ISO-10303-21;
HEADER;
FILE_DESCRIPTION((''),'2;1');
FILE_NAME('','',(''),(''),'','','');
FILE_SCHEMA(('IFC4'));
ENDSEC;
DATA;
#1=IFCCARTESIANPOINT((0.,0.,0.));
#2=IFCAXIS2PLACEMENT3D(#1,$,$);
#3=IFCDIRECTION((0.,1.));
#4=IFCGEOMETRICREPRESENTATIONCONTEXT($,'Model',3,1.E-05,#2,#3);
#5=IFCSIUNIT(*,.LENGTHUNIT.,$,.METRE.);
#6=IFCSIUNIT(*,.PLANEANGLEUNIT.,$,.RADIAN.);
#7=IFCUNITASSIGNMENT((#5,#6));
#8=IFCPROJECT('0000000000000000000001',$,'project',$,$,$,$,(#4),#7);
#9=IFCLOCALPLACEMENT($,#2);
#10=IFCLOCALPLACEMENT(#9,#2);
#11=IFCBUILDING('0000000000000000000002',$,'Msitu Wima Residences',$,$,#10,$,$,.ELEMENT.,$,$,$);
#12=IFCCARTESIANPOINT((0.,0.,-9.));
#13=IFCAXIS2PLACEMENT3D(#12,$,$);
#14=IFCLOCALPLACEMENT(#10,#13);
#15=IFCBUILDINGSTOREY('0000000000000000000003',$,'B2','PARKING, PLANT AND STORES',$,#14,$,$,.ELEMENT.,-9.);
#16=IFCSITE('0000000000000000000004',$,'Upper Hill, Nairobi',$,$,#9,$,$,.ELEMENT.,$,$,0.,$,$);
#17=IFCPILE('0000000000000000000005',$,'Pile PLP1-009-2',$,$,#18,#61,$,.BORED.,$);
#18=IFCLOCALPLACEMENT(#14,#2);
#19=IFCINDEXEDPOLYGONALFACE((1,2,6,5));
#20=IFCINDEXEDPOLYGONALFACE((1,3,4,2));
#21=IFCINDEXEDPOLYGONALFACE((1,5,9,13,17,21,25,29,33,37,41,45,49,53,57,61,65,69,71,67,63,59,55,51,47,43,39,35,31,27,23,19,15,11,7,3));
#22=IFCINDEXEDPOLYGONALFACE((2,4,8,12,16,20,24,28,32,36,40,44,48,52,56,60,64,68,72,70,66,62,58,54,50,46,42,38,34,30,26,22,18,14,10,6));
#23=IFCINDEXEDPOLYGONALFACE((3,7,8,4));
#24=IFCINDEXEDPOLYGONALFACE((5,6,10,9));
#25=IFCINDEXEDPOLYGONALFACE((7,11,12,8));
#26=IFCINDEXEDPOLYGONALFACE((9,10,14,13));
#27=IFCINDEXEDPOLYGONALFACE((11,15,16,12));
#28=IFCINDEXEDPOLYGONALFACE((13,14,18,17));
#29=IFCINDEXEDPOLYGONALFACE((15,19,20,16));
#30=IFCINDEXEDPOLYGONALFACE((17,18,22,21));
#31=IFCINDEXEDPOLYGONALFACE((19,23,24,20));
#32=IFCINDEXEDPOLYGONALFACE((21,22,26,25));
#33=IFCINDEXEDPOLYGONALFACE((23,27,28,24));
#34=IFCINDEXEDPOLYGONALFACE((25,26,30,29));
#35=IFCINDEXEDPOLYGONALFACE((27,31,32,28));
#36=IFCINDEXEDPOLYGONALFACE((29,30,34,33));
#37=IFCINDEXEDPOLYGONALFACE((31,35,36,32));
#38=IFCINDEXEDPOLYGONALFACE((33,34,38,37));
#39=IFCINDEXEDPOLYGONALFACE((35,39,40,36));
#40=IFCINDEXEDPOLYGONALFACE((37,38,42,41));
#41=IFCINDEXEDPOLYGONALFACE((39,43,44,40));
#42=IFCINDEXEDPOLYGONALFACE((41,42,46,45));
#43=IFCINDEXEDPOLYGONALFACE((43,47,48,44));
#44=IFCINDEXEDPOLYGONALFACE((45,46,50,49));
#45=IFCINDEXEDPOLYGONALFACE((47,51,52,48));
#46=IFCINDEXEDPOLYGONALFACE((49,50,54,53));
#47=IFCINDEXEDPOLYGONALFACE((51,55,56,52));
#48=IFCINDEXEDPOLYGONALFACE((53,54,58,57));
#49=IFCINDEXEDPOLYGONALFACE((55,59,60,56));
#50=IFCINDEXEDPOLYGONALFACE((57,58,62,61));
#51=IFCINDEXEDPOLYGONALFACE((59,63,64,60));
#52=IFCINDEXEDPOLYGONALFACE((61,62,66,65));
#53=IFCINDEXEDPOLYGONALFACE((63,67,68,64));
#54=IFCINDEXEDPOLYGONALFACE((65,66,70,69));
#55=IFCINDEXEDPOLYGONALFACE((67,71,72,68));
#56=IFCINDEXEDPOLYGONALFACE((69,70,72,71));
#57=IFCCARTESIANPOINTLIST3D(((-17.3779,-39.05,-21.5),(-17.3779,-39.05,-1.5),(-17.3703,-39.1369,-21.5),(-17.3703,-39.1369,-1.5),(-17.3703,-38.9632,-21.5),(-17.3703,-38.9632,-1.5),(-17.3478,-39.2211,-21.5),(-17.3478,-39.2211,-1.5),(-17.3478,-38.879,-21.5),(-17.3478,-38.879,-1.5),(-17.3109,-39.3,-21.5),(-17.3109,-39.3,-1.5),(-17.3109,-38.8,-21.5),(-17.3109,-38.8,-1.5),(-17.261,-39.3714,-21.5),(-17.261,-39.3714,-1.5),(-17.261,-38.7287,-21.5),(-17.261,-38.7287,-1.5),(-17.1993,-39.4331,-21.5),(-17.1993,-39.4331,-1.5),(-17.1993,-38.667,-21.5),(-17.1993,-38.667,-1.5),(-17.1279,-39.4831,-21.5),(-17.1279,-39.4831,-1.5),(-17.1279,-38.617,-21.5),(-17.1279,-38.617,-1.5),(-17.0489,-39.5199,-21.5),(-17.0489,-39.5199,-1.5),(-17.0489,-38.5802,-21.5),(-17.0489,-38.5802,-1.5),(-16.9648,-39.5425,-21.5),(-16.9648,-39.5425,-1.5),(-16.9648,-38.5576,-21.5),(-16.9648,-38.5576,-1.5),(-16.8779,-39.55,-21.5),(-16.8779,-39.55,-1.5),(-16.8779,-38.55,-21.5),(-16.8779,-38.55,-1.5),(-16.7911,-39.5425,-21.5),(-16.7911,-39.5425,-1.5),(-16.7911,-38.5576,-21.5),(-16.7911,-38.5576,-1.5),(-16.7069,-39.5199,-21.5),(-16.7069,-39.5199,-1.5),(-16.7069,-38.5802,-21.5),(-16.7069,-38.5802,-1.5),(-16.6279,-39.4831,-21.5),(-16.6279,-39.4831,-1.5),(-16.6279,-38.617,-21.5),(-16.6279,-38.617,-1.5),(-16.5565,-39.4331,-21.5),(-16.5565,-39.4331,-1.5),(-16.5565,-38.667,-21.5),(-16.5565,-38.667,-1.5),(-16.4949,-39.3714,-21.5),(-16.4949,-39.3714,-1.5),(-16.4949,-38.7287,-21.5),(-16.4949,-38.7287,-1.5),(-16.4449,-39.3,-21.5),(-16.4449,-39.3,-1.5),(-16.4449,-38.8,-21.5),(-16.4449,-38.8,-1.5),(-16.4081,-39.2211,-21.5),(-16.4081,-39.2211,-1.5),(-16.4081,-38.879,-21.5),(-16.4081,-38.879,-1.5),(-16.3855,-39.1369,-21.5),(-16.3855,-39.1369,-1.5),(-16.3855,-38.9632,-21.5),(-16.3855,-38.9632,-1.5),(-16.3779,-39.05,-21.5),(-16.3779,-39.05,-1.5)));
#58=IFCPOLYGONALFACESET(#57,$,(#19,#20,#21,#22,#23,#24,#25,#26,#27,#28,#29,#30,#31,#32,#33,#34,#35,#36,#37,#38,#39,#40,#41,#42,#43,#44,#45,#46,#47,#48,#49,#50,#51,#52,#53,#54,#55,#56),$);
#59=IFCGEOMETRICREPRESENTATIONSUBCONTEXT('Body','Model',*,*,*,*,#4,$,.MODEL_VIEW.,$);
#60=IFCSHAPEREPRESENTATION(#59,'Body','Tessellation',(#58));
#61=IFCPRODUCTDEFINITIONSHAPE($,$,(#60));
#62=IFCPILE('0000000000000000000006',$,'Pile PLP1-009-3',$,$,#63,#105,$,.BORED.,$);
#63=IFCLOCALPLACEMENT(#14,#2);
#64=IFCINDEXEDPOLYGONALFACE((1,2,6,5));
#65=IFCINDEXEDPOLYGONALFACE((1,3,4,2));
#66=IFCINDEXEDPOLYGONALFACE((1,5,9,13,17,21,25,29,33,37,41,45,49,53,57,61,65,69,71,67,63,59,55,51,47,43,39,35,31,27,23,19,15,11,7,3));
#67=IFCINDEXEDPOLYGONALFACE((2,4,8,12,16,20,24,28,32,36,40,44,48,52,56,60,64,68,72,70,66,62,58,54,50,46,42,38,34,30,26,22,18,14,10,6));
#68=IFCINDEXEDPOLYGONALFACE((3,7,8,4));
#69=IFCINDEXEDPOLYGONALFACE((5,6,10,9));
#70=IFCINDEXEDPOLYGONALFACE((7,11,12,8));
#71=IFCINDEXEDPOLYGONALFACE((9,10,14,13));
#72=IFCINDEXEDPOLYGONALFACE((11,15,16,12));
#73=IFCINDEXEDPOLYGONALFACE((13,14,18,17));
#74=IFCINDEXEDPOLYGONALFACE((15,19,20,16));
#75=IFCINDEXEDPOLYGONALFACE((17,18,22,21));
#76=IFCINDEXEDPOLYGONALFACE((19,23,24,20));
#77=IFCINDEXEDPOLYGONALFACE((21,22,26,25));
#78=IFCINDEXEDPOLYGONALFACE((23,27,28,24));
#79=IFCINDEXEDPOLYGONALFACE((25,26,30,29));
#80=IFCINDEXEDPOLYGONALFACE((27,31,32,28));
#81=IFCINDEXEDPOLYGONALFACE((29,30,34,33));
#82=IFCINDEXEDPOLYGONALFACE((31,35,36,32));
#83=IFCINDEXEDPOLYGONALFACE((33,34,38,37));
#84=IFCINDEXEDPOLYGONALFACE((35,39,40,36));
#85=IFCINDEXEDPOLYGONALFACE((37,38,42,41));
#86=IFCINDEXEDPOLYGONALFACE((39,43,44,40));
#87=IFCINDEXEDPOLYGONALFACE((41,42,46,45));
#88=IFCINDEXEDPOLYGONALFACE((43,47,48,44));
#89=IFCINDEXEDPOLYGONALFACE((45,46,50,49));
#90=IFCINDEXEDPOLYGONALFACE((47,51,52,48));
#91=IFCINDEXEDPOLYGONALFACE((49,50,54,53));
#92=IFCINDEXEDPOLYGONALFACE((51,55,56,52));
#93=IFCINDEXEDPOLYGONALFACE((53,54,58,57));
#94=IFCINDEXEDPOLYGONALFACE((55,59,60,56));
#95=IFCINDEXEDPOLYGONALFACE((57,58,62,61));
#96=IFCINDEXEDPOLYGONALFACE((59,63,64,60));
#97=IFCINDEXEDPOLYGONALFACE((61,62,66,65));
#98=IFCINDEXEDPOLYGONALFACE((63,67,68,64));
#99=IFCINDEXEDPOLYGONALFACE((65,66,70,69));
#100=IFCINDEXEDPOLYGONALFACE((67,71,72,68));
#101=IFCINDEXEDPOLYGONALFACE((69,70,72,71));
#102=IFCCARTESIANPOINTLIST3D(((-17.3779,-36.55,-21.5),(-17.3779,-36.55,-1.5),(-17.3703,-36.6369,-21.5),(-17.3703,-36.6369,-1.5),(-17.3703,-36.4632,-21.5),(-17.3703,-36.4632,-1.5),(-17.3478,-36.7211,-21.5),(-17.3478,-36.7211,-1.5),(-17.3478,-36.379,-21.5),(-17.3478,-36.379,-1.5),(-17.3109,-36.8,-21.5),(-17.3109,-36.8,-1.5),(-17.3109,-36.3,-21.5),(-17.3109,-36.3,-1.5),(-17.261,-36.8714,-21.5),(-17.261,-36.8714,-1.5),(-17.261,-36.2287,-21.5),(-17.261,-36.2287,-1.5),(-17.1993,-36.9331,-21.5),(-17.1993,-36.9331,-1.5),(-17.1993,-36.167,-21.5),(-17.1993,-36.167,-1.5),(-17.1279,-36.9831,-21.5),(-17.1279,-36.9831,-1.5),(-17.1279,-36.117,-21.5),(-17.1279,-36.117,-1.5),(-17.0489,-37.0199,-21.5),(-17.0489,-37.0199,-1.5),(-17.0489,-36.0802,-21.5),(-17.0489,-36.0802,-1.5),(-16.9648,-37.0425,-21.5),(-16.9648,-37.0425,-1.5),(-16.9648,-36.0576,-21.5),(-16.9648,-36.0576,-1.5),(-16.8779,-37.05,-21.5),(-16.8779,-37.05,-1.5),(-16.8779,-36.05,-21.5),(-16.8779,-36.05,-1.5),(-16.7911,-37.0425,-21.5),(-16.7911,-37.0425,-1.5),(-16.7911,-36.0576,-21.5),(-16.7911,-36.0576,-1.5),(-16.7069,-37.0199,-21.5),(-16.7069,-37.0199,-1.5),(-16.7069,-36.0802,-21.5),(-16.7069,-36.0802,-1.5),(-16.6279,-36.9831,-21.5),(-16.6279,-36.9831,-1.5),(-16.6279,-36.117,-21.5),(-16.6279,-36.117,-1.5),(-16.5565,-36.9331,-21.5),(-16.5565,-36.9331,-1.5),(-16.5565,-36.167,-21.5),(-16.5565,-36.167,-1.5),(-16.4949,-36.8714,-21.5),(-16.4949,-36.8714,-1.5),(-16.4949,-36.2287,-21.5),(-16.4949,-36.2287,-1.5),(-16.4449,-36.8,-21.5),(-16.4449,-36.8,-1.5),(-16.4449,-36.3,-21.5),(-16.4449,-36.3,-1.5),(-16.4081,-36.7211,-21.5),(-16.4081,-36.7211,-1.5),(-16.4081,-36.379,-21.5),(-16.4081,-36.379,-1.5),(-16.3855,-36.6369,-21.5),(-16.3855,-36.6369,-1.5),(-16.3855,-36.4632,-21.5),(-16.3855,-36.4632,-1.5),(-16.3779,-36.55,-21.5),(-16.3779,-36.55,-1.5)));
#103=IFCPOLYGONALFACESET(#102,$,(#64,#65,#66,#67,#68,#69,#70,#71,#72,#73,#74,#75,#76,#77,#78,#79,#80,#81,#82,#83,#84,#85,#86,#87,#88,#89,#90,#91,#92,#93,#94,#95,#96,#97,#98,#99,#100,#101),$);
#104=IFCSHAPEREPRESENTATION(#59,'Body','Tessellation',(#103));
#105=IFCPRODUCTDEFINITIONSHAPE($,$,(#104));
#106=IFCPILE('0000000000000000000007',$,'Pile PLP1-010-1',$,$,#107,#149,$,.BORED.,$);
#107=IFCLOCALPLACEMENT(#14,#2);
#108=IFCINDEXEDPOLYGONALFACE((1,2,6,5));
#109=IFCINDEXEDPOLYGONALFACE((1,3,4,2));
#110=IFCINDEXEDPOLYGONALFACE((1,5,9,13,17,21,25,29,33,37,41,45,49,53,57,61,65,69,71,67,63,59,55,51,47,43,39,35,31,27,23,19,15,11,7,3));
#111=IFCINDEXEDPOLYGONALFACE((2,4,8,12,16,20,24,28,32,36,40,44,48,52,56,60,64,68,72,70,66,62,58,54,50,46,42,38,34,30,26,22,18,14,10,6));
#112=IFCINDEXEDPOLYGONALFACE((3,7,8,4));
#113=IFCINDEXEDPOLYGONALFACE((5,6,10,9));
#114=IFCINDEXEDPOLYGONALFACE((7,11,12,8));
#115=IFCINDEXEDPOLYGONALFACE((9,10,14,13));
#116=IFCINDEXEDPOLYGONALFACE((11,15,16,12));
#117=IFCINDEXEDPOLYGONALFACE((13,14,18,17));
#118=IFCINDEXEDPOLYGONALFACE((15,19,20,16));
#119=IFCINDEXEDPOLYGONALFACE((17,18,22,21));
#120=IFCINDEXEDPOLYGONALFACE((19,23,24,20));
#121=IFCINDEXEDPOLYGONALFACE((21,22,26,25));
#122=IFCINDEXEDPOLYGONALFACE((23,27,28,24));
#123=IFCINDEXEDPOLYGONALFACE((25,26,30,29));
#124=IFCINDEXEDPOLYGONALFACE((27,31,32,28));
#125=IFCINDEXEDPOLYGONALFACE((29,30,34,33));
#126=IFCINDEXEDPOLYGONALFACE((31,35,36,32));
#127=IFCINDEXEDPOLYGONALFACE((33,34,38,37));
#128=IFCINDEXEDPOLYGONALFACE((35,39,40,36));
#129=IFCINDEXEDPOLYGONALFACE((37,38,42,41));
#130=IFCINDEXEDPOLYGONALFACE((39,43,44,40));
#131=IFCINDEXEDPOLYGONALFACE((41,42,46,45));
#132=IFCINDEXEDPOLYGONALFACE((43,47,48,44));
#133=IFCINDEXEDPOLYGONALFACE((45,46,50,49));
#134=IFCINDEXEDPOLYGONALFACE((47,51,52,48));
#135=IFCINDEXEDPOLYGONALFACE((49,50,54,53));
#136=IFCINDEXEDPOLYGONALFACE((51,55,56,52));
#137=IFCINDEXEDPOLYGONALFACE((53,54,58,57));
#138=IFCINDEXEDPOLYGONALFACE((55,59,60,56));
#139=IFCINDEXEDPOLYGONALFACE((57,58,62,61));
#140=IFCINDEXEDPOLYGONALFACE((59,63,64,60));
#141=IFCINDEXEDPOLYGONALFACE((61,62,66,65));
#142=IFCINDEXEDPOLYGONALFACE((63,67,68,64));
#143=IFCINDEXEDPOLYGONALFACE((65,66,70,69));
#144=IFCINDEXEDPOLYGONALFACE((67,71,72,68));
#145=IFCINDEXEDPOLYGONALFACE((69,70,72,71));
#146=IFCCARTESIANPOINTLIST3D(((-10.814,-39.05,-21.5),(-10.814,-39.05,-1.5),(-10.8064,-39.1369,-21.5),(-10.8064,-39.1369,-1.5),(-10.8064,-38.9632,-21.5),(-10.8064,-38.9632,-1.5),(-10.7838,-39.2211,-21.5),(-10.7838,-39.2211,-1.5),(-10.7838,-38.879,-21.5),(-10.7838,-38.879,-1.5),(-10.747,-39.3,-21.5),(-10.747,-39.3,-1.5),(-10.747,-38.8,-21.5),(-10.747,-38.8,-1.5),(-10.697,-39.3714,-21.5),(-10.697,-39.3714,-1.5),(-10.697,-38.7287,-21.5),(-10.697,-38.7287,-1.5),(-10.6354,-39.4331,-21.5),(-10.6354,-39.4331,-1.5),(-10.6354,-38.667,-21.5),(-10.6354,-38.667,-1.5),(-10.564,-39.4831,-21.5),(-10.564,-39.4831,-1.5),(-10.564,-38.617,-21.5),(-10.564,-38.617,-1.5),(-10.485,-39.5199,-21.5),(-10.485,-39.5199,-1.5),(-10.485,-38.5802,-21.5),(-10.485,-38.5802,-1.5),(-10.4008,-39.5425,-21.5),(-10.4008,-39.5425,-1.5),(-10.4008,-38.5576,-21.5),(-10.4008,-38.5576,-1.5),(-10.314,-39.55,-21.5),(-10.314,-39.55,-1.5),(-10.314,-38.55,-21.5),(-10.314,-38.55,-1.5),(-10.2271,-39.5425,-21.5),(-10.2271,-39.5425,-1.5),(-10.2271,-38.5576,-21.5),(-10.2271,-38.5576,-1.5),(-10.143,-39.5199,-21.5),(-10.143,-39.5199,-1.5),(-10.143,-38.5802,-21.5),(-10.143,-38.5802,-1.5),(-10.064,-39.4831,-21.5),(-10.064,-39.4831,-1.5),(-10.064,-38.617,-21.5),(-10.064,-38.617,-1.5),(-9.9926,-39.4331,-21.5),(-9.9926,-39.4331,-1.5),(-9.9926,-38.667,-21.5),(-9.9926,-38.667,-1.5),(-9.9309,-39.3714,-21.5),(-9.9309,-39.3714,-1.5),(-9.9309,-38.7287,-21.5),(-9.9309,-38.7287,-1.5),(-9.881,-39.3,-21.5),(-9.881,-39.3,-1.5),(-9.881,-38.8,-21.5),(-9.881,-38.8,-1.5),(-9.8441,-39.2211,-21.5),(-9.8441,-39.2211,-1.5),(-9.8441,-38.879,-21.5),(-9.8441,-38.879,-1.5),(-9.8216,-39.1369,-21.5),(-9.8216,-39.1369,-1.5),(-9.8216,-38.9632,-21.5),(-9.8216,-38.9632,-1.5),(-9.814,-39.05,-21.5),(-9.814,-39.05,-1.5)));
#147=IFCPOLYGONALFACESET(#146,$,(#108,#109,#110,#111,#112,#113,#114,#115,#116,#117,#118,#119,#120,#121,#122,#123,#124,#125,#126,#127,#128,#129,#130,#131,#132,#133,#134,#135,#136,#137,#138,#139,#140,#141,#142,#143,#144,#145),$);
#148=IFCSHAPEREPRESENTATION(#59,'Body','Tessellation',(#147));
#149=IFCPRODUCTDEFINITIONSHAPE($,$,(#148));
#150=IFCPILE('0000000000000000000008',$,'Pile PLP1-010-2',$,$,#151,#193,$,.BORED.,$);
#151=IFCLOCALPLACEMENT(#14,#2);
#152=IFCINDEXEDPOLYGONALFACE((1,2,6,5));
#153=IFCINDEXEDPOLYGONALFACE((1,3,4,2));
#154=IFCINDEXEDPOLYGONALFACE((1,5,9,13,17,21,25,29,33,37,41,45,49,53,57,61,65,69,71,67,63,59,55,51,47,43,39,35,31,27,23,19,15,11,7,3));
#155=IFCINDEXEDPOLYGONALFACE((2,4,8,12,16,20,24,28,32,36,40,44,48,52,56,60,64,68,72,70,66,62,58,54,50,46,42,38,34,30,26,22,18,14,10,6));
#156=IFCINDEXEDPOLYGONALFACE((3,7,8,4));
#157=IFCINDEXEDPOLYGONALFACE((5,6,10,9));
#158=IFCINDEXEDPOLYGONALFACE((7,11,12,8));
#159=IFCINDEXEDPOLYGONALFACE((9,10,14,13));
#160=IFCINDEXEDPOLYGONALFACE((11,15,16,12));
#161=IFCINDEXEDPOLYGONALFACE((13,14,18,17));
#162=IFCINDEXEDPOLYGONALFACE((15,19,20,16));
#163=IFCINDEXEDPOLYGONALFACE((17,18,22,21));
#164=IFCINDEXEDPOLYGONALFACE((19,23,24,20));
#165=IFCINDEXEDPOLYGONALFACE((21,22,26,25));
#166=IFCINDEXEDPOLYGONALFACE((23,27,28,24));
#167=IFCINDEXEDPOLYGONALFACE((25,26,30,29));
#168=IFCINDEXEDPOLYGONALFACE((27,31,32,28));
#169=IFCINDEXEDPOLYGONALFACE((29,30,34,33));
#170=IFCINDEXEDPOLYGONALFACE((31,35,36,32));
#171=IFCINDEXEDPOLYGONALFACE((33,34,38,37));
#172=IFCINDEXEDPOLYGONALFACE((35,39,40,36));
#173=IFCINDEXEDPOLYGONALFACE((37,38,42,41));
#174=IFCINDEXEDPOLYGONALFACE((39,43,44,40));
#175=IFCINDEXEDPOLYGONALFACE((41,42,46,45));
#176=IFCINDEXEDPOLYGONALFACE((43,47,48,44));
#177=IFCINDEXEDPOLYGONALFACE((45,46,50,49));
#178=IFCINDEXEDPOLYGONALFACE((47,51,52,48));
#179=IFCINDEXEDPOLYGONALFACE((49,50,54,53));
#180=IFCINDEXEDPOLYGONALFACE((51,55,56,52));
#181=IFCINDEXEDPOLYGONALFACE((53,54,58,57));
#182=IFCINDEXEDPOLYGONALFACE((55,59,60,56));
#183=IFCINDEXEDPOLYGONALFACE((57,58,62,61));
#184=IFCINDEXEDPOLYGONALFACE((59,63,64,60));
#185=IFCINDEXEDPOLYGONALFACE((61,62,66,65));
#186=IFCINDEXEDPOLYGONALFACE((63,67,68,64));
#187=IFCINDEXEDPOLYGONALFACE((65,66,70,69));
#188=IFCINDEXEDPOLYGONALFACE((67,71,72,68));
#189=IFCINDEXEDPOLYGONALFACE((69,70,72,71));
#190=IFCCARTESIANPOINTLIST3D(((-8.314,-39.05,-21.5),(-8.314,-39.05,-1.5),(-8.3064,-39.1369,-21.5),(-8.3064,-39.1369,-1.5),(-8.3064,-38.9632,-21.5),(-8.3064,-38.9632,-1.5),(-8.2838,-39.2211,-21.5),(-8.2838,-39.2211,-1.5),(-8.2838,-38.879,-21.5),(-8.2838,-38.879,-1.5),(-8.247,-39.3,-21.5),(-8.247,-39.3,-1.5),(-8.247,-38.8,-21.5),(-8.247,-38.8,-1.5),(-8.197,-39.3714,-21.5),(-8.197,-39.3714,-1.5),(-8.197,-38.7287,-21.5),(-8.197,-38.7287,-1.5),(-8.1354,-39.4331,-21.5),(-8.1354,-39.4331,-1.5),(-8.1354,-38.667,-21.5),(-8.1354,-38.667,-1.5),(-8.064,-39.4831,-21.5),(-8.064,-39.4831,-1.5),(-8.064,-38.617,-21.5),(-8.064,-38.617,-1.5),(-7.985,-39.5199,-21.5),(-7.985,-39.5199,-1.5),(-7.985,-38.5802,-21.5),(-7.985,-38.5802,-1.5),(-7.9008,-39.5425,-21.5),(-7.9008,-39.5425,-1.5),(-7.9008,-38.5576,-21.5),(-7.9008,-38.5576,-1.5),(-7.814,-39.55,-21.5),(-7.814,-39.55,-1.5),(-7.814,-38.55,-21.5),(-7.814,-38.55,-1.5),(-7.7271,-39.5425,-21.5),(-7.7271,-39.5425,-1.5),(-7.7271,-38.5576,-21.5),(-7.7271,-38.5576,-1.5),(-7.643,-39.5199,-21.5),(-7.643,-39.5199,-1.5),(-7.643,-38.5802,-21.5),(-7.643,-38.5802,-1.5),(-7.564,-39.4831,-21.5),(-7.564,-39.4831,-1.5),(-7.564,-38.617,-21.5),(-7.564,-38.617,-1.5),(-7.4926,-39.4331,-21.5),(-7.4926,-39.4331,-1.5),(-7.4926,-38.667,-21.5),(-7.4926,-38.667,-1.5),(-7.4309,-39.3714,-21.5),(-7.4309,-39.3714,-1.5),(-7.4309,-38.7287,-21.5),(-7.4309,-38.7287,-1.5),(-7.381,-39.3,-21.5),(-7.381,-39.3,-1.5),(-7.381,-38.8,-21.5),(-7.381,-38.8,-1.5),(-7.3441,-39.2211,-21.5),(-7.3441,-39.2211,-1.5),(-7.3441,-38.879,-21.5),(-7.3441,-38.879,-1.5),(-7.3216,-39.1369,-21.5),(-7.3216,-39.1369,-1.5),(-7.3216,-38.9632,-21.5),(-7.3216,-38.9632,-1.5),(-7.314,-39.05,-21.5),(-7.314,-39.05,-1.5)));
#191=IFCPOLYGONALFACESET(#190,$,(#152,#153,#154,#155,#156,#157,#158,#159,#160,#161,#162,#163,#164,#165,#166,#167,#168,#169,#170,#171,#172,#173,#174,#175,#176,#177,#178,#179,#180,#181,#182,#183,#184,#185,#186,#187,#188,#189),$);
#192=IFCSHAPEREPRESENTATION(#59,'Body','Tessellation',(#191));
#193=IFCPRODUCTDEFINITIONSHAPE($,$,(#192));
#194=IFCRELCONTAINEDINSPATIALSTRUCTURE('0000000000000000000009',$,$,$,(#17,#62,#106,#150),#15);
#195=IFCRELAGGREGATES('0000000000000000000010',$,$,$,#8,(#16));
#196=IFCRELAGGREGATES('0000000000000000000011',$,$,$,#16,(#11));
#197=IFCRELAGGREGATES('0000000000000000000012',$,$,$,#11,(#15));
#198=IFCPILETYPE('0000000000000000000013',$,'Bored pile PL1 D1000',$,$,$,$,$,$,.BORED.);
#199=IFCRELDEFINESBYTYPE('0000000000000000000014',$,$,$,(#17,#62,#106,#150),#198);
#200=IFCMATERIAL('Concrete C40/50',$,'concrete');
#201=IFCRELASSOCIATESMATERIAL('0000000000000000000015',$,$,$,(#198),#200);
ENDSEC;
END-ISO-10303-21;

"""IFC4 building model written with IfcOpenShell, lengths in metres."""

from ifc_helpers import new_model, si_unit, direction, frame, origin, origin_2d, place, context, subcontext, project, spatial, circle, extrude, material, type_object, element, save


model = new_model("IFC4")

# Units and contexts
model_context = context("Model", 3, precision=1e-05, world=origin(), true_north=direction((0.0, 1.0)))
body_context = subcontext(model_context, "Body", "Model", "MODEL_VIEW")
ifc_project = project(units=[si_unit("LENGTHUNIT", "METRE"), si_unit("PLANEANGLEUNIT", "RADIAN")], contexts=[model_context])

# Site, building, storey
site_placement = place(None, origin())
site = spatial("IfcSite", under=ifc_project, at=site_placement, Name="Upper Hill, Nairobi", CompositionType="ELEMENT", RefElevation=0.0)
building_placement = place(site_placement, origin())
building = spatial("IfcBuilding", under=site, at=building_placement, Name="Msitu Wima Residences", CompositionType="ELEMENT")
storey_placement = place(building_placement, frame((0.0, 0.0, -9.0)))
storey = spatial("IfcBuildingStorey", under=building, at=storey_placement, Name="B2", Description="PARKING, PLANT AND STORES", CompositionType="ELEMENT", Elevation=-9.0)

# Piles
ifc_material_1 = material(Name="Concrete C40/50", Category="concrete")
pile_type = type_object("IfcPileType", Name="Bored pile PL1 D1000", PredefinedType="BORED", material=ifc_material_1)
for number, where, z_axis, x_axis, name in (
    (1, (-16.8779, -39.05, -1.5), (0.0, 0.0, -1.0), (1.0, 0.0, 0.0), "Pile PLP1-009-2"),
    (2, (-16.8779, -36.55, -1.5), (0.0, 0.0, -1.0), (1.0, 0.0, 0.0), "Pile PLP1-009-3"),
    (3, (-10.314, -39.05, -1.5), (0.0, 0.0, -1.0), (1.0, 0.0, 0.0), "Pile PLP1-010-1"),
    (4, (-7.814, -39.05, -1.5), (0.0, 0.0, -1.0), (1.0, 0.0, 0.0), "Pile PLP1-010-2"),
):
    element("IfcPile", number, at=place(storey_placement, frame(where, z_axis=z_axis, x_axis=x_axis)), inside=storey, type_object=pile_type, Name=name, PredefinedType="BORED", context=body_context, shape_type="SweptSolid", body=[
        extrude(circle(Radius=0.5, at=origin_2d()), origin(), (0.0, 0.0, 1.0), 20.0),
    ])

save(model, "model.ifc")
